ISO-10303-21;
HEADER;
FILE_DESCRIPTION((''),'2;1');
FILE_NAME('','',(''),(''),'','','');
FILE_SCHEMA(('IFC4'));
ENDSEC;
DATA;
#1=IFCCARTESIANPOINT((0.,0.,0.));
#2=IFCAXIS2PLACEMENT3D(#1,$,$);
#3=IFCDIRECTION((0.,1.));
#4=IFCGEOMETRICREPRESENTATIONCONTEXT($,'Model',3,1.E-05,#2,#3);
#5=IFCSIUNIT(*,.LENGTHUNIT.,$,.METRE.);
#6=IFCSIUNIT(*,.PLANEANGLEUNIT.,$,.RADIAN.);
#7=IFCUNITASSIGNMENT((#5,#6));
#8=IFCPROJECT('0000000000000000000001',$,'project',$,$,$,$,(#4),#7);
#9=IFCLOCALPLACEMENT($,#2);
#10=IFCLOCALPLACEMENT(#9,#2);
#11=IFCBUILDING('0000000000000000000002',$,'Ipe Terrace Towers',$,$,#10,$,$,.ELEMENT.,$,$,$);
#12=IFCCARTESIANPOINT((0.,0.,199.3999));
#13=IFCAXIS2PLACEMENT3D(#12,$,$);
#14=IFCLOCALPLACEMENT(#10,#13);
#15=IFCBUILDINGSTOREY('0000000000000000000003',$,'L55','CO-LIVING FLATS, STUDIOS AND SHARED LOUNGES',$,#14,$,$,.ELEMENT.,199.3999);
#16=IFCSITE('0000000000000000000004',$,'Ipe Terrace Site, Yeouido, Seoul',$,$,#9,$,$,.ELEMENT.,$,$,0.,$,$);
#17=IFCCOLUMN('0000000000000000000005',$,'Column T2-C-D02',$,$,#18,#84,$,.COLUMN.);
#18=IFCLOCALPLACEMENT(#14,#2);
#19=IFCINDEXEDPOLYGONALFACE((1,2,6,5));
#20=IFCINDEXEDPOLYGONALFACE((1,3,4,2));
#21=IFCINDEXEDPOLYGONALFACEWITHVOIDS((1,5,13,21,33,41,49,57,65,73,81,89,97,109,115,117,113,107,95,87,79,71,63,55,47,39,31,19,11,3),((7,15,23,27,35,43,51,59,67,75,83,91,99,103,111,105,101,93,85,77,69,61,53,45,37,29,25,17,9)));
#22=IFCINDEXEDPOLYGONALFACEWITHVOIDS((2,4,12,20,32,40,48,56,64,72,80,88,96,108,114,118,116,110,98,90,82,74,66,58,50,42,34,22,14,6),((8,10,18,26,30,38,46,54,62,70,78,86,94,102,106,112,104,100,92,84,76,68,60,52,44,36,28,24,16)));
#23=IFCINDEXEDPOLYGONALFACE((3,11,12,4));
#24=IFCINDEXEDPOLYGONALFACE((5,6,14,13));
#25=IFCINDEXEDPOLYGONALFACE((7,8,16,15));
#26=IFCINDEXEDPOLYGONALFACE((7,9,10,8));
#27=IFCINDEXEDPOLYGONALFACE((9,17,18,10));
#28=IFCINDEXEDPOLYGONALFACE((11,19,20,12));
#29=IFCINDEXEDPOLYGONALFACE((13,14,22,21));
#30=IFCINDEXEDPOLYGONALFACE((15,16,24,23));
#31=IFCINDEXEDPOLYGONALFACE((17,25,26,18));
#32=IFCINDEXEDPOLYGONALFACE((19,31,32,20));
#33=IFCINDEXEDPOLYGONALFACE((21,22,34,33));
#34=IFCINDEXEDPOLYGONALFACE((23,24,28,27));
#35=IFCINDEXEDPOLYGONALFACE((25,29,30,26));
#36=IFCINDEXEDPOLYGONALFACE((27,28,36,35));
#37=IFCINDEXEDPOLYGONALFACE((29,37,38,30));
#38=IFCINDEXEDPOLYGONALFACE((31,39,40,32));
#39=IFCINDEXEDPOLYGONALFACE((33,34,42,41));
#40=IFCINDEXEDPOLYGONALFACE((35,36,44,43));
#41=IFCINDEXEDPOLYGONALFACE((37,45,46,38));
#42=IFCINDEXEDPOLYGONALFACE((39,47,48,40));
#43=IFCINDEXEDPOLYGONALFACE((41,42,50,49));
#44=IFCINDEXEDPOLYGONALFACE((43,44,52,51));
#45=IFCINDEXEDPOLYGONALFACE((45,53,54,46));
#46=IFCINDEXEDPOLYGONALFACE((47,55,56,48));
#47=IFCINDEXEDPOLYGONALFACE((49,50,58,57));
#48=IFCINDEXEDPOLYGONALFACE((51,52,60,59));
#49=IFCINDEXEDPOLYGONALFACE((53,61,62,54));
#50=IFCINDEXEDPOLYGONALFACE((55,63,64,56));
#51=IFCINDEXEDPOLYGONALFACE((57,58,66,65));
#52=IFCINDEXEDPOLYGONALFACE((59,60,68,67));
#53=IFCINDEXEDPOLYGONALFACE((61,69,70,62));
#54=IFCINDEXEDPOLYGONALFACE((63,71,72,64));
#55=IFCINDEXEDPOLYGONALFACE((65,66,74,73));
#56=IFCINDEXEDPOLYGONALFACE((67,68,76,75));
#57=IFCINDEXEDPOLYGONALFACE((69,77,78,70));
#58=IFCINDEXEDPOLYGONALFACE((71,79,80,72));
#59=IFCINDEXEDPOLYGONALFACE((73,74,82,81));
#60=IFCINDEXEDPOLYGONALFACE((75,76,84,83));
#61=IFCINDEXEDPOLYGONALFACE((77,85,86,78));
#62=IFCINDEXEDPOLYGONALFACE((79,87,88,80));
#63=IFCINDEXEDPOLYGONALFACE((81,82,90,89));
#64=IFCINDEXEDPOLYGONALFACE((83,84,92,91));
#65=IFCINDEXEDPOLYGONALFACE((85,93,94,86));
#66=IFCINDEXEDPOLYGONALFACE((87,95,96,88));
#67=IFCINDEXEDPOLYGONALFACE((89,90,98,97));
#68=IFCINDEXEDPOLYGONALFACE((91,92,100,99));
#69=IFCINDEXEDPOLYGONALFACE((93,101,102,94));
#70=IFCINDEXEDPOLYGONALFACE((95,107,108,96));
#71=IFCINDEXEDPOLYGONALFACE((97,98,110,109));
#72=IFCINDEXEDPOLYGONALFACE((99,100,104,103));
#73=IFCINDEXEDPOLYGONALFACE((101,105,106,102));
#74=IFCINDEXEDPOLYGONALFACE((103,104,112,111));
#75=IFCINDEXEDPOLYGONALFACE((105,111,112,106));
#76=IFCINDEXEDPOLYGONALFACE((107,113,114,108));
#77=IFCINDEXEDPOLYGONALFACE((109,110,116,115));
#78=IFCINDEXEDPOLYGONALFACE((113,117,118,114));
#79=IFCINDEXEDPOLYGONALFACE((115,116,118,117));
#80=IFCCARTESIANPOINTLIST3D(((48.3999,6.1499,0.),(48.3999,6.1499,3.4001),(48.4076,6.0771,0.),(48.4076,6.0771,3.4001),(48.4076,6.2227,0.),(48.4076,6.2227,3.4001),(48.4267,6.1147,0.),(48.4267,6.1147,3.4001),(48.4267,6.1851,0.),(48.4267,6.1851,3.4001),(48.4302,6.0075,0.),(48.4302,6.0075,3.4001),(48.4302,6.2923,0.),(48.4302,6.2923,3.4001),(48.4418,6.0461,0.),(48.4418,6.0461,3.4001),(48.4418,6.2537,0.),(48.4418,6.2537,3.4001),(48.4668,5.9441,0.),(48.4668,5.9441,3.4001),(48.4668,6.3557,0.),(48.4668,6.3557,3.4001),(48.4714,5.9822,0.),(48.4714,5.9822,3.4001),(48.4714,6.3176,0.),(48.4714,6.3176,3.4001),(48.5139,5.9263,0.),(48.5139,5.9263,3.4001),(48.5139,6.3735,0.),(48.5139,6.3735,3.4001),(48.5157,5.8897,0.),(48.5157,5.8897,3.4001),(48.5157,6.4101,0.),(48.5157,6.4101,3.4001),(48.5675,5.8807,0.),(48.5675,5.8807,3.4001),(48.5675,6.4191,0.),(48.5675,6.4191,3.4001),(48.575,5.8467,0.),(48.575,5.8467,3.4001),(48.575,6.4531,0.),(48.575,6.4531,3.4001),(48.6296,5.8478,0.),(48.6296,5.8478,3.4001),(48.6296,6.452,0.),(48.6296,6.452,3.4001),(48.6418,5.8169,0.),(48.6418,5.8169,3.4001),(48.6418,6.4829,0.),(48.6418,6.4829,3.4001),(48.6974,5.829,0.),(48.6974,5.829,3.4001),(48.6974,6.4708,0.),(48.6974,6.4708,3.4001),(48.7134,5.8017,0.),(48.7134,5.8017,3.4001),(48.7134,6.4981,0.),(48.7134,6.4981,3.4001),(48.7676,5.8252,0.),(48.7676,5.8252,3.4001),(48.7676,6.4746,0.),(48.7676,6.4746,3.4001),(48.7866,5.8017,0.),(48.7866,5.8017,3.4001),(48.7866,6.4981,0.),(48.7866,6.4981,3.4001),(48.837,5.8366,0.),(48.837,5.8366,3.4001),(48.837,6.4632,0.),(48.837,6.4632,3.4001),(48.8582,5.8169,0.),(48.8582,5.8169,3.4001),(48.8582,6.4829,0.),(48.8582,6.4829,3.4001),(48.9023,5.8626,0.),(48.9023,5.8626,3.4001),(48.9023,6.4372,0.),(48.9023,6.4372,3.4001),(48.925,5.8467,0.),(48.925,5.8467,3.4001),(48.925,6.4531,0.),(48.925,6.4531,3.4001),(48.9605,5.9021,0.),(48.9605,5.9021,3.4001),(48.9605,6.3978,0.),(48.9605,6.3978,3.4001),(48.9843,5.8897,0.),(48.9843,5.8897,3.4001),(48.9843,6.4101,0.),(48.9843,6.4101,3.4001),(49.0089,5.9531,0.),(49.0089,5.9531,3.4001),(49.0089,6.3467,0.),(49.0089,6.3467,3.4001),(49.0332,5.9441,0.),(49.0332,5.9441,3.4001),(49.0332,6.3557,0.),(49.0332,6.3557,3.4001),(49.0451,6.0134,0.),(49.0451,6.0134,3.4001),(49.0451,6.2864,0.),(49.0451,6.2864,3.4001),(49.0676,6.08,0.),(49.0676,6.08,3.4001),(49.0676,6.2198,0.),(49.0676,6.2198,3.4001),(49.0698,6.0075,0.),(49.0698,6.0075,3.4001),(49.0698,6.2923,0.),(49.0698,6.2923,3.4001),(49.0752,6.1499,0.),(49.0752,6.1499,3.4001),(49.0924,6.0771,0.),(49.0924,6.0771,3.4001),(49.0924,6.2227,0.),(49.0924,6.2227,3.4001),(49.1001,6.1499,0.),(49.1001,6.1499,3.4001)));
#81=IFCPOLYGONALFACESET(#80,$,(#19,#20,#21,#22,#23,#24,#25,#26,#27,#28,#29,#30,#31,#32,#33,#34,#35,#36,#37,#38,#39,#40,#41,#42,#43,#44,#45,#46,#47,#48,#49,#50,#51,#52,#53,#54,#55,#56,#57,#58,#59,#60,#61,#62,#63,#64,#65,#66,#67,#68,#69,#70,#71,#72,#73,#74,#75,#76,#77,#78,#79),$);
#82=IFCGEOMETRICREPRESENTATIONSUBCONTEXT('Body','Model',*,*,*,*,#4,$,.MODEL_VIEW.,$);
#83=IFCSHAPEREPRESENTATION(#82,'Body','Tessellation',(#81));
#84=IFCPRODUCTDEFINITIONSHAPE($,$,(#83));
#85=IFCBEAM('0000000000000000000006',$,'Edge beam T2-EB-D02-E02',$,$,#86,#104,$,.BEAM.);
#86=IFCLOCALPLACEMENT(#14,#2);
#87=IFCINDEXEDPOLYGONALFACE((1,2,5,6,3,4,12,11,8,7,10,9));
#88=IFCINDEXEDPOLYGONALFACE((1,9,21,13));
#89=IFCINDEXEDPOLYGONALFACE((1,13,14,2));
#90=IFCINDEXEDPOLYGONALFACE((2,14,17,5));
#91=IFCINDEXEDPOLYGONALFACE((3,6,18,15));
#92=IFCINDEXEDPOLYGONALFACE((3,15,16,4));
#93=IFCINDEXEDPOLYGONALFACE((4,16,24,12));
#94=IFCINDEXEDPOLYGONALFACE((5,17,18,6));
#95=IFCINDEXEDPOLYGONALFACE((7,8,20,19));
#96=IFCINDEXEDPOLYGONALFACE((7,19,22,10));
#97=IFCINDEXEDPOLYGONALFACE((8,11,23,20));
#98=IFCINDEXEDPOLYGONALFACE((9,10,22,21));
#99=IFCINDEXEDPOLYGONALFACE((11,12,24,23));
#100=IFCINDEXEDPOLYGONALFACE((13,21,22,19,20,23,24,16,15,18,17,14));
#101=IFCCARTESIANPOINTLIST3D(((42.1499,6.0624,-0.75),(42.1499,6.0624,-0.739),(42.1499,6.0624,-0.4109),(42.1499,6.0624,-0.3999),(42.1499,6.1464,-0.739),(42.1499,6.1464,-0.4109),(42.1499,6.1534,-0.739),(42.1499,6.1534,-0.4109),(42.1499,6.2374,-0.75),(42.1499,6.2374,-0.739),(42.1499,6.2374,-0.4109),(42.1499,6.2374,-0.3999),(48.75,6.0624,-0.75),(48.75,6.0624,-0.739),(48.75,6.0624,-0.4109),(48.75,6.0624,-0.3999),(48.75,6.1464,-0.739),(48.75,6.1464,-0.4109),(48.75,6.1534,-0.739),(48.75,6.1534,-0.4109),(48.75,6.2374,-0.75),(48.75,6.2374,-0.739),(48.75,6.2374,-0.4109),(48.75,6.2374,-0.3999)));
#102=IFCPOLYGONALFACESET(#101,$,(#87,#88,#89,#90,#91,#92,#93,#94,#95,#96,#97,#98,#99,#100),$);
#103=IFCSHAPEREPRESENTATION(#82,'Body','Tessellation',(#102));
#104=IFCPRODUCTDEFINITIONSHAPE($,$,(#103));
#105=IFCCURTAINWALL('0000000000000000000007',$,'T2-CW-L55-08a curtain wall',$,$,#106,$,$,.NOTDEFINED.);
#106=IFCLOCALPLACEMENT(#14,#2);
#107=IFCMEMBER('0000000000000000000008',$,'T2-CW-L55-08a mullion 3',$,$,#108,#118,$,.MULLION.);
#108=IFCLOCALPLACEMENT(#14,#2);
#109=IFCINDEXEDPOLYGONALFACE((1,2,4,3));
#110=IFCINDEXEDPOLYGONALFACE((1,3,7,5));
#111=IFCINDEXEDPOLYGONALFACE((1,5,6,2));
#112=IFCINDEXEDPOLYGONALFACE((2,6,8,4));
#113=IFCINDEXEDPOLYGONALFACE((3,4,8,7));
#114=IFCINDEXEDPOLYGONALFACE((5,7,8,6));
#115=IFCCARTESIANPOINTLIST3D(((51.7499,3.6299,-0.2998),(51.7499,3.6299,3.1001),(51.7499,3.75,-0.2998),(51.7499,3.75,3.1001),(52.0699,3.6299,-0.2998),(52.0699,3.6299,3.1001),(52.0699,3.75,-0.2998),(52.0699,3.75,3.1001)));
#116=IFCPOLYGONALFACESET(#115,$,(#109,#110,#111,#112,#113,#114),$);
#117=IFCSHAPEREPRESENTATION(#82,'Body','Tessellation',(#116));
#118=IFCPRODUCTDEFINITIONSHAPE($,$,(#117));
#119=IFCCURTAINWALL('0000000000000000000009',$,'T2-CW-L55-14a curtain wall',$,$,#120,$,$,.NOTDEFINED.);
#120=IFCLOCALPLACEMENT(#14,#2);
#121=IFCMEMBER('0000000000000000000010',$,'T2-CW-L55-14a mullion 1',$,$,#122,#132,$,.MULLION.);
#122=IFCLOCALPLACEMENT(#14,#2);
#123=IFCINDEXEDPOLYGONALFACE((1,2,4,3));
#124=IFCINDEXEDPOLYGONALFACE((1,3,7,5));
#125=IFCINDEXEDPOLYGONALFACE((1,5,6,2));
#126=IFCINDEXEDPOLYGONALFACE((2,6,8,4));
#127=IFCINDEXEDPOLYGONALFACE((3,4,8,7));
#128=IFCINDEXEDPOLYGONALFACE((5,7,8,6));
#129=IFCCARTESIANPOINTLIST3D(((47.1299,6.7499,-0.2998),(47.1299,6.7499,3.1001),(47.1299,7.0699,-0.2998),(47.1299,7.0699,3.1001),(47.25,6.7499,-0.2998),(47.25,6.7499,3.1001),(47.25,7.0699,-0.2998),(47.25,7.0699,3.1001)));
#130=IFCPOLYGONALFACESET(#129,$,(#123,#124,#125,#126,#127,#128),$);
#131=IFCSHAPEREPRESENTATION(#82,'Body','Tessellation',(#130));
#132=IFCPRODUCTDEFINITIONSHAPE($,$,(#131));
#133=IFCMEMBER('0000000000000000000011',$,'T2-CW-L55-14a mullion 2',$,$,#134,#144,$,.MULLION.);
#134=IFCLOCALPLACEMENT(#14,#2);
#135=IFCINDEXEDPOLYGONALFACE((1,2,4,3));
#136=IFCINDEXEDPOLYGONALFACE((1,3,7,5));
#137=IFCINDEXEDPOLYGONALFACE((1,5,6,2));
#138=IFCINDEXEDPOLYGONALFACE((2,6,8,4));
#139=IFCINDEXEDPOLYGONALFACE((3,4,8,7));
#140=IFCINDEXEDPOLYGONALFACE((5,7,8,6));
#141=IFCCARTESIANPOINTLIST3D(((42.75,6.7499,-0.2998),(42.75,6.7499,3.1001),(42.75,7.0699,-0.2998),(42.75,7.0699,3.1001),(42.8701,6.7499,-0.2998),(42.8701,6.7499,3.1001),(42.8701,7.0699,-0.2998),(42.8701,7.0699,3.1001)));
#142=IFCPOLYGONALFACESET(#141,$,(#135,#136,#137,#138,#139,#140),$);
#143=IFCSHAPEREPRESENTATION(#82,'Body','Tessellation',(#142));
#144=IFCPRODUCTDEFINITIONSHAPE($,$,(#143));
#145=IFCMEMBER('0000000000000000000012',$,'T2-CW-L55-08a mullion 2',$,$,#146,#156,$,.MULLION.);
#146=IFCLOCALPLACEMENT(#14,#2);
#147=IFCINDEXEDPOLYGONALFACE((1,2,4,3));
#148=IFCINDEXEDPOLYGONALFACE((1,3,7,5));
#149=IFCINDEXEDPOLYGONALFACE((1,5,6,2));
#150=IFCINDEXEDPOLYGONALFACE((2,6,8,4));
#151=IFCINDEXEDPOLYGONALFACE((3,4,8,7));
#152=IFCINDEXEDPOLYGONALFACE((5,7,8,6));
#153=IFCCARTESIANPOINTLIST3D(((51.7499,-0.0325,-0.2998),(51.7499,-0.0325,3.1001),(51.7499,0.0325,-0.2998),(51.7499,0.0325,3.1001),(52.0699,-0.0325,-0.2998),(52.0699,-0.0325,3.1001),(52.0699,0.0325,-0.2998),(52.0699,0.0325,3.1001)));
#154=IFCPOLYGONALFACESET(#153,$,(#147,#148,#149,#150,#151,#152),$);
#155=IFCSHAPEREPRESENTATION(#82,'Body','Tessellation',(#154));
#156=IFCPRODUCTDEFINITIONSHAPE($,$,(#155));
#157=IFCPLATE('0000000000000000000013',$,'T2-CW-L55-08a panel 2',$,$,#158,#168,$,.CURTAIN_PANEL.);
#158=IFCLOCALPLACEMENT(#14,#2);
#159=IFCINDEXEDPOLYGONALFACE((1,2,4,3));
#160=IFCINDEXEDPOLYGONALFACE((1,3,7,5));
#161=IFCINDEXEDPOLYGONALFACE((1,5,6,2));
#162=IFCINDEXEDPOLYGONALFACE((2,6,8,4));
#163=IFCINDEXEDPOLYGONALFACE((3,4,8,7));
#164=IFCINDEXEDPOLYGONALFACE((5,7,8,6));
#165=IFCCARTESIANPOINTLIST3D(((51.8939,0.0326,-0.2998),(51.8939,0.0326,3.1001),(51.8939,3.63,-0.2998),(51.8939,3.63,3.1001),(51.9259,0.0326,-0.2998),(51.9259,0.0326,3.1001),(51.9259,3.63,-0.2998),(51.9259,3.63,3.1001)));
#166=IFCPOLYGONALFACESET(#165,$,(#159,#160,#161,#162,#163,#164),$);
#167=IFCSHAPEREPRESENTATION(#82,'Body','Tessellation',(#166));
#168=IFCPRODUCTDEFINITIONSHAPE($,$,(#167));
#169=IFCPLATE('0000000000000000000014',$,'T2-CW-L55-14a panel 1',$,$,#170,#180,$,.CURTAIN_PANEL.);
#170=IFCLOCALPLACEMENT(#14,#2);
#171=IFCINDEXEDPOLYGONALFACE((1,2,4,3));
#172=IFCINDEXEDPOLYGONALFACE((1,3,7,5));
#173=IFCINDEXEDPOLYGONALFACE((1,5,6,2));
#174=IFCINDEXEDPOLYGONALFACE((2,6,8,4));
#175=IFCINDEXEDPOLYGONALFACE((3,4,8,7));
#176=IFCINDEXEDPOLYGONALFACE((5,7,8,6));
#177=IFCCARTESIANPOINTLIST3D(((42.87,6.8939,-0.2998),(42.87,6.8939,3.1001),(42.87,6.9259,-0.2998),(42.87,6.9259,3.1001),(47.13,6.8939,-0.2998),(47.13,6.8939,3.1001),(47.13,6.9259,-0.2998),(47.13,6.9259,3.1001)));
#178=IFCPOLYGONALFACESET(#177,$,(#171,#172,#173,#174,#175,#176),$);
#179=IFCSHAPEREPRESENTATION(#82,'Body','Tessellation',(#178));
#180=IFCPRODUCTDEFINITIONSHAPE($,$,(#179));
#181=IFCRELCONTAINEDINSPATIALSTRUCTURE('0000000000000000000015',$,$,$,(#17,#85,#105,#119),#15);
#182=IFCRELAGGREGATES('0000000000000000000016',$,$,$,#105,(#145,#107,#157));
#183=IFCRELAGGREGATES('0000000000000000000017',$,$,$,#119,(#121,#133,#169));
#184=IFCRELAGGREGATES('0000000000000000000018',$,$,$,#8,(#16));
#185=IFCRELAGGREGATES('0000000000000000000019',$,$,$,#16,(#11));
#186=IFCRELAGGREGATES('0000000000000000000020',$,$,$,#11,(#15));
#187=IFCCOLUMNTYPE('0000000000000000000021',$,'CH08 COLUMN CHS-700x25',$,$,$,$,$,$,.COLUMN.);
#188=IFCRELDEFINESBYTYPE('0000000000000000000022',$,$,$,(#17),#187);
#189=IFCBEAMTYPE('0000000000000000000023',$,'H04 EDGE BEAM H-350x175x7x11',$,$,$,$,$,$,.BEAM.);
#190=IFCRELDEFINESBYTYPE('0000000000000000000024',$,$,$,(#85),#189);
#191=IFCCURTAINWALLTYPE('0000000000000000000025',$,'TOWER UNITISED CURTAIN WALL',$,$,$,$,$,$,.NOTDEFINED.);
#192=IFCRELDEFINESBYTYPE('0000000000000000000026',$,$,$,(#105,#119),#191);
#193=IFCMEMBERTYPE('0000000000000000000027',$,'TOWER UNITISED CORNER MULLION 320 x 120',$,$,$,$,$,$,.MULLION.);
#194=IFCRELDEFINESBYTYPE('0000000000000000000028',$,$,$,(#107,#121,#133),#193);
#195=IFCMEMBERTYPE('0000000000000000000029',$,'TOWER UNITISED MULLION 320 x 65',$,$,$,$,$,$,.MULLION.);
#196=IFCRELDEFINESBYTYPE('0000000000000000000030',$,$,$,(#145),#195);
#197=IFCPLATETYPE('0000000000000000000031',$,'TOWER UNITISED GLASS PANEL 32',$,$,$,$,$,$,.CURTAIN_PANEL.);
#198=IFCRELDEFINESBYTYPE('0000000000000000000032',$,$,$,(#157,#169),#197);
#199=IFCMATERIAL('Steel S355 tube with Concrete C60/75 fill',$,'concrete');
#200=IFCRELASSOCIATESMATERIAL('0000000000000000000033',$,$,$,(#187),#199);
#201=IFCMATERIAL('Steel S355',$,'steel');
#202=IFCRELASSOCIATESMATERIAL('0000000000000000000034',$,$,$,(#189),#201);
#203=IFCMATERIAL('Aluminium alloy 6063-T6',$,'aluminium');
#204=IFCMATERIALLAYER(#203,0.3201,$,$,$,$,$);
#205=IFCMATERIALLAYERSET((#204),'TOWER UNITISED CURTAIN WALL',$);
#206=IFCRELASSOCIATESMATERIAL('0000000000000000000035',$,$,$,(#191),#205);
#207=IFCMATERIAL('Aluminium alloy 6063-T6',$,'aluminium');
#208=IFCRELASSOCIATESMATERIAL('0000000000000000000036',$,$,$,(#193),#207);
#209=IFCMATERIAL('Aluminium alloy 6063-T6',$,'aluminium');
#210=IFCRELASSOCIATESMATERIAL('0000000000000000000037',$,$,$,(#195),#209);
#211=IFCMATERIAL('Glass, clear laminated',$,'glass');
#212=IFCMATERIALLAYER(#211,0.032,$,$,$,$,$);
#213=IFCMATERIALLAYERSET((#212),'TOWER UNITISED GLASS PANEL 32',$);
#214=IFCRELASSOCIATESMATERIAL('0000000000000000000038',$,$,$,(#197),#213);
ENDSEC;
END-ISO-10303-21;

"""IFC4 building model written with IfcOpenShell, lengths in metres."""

from ifc_helpers import new_model, si_unit, direction, frame, origin, origin_2d, place, context, subcontext, project, spatial, rectangle, hollow_circle, i_section, extrude, material, layer, layer_set, material_profile, profile_set, type_object, element, aggregate, save


model = new_model("IFC4")

# Units and contexts
model_context = context("Model", 3, precision=1e-05, world=origin(), true_north=direction((0.0, 1.0)))
body_context = subcontext(model_context, "Body", "Model", "MODEL_VIEW")
ifc_project = project(units=[si_unit("LENGTHUNIT", "METRE"), si_unit("PLANEANGLEUNIT", "RADIAN")], contexts=[model_context])

# Site, building, storey
site_placement = place(None, origin())
site = spatial("IfcSite", under=ifc_project, at=site_placement, Name="Ipe Terrace Site, Yeouido, Seoul", CompositionType="ELEMENT", RefElevation=0.0)
building_placement = place(site_placement, origin())
building = spatial("IfcBuilding", under=site, at=building_placement, Name="Ipe Terrace Towers", CompositionType="ELEMENT")
storey_placement = place(building_placement, frame((0.0, 0.0, 199.3999)))
storey = spatial("IfcBuildingStorey", under=building, at=storey_placement, Name="L55", Description="CO-LIVING FLATS, STUDIOS AND SHARED LOUNGES", CompositionType="ELEMENT", Elevation=199.3999)

# Column
ifc_material_1 = material(Name="Steel S355 tube with Concrete C60/75 fill", Category="concrete")
ifc_material_profile_1 = material_profile(ifc_material_1, hollow_circle(Radius=0.3501, WallThickness=0.0249, at=origin_2d()), Name="CHS-700x25")
ifc_profile_set_1 = profile_set([ifc_material_profile_1], Name="Steel S355 tube with Concrete C60/75 fill")
column_type = type_object("IfcColumnType", Name="CH08 COLUMN CHS-700x25", PredefinedType="COLUMN", material=ifc_profile_set_1)
column_placement = place(storey_placement, frame((48.75, 6.1499, 0.0), z_axis=(0.0, 0.0, 1.0), x_axis=(1.0, 0.0, 0.0)))
element("IfcColumn", 1, at=column_placement, inside=storey, type_object=column_type, Name="Column T2-C-D02", PredefinedType="COLUMN", context=body_context, shape_type="SweptSolid", body=[
    extrude(hollow_circle(Radius=0.3501, WallThickness=0.0249, at=origin_2d()), origin(), (0.0, 0.0, 1.0), 3.4001),
])

# Beam
ifc_material_2 = material(Name="Steel S355", Category="steel")
ifc_material_profile_2 = material_profile(ifc_material_2, i_section(OverallWidth=0.175, OverallDepth=0.3501, WebThickness=0.0071, FlangeThickness=0.011, at=origin_2d()), Name="H-350x175x7x11")
ifc_profile_set_2 = profile_set([ifc_material_profile_2], Name="Steel S355")
beam_type = type_object("IfcBeamType", Name="H04 EDGE BEAM H-350x175x7x11", PredefinedType="BEAM", material=ifc_profile_set_2)
beam_placement = place(storey_placement, frame((48.75, 6.1499, -0.575), z_axis=(-1.0, 0.0, 0.0), x_axis=(0.0, -1.0, 0.0)))
element("IfcBeam", 2, at=beam_placement, inside=storey, type_object=beam_type, Name="Edge beam T2-EB-D02-E02", PredefinedType="BEAM", context=body_context, shape_type="SweptSolid", body=[
    extrude(i_section(OverallWidth=0.175, OverallDepth=0.3501, WebThickness=0.0071, FlangeThickness=0.011, at=origin_2d()), origin(), (0.0, 0.0, 1.0), 6.6001),
])

# Curtain wall, member
ifc_material_3 = material(Name="Aluminium alloy 6063-T6", Category="aluminium")
ifc_layer_1 = layer(ifc_material_3, 0.3201)
ifc_layer_set_1 = layer_set([ifc_layer_1], Name="TOWER UNITISED CURTAIN WALL")
curtain_wall_type = type_object("IfcCurtainWallType", Name="TOWER UNITISED CURTAIN WALL", PredefinedType="NOTDEFINED", material=ifc_layer_set_1)
curtain_wall_1_placement = place(storey_placement, origin())
curtain_wall_1 = element("IfcCurtainWall", 3, at=curtain_wall_1_placement, inside=storey, type_object=curtain_wall_type, Name="T2-CW-L55-08a curtain wall", PredefinedType="NOTDEFINED")
ifc_material_4 = material(Name="Aluminium alloy 6063-T6", Category="aluminium")
ifc_material_profile_3 = material_profile(ifc_material_4, rectangle(XDim=0.3201, YDim=0.1201, at=origin_2d()), Name="TOWER UNITISED CORNER MULLION 320 x 120")
ifc_profile_set_3 = profile_set([ifc_material_profile_3], Name="Aluminium alloy 6063-T6")
member_type_1 = type_object("IfcMemberType", Name="TOWER UNITISED CORNER MULLION 320 x 120", PredefinedType="MULLION", material=ifc_profile_set_3)
member_1_placement = place(storey_placement, frame((51.9099, 3.6899, -0.2998), z_axis=(0.0, 0.0, 1.0), x_axis=(1.0, 0.0, 0.0)))
member_1 = element("IfcMember", 4, at=member_1_placement, type_object=member_type_1, Name="T2-CW-L55-08a mullion 3", PredefinedType="MULLION", context=body_context, shape_type="SweptSolid", body=[
    extrude(rectangle(XDim=0.3201, YDim=0.1201, at=origin_2d()), origin(), (0.0, 0.0, 1.0), 3.3999),
])

# Curtain wall, members
curtain_wall_2_placement = place(storey_placement, origin())
curtain_wall_2 = element("IfcCurtainWall", 5, at=curtain_wall_2_placement, inside=storey, type_object=curtain_wall_type, Name="T2-CW-L55-14a curtain wall", PredefinedType="NOTDEFINED")
member_2_placement = place(storey_placement, frame((47.1899, 6.9099, -0.2998), z_axis=(0.0, 0.0, 1.0), x_axis=(0.0, 1.0, 0.0)))
member_2 = element("IfcMember", 6, at=member_2_placement, type_object=member_type_1, Name="T2-CW-L55-14a mullion 1", PredefinedType="MULLION", context=body_context, shape_type="SweptSolid", body=[
    extrude(rectangle(XDim=0.3201, YDim=0.1201, at=origin_2d()), origin(), (0.0, 0.0, 1.0), 3.3999),
])
member_3_placement = place(storey_placement, frame((42.8101, 6.9099, -0.2998), z_axis=(0.0, 0.0, 1.0), x_axis=(0.0, 1.0, 0.0)))
member_3 = element("IfcMember", 7, at=member_3_placement, type_object=member_type_1, Name="T2-CW-L55-14a mullion 2", PredefinedType="MULLION", context=body_context, shape_type="SweptSolid", body=[
    extrude(rectangle(XDim=0.3201, YDim=0.1201, at=origin_2d()), origin(), (0.0, 0.0, 1.0), 3.3999),
])

# Member
ifc_material_5 = material(Name="Aluminium alloy 6063-T6", Category="aluminium")
ifc_material_profile_4 = material_profile(ifc_material_5, rectangle(XDim=0.3201, YDim=0.0649, at=origin_2d()), Name="TOWER UNITISED MULLION 320 x 65")
ifc_profile_set_4 = profile_set([ifc_material_profile_4], Name="Aluminium alloy 6063-T6")
member_type_2 = type_object("IfcMemberType", Name="TOWER UNITISED MULLION 320 x 65", PredefinedType="MULLION", material=ifc_profile_set_4)
member_4_placement = place(storey_placement, frame((51.9099, 0.0, -0.2998), z_axis=(0.0, 0.0, 1.0), x_axis=(1.0, 0.0, 0.0)))
member_4 = element("IfcMember", 8, at=member_4_placement, type_object=member_type_2, Name="T2-CW-L55-08a mullion 2", PredefinedType="MULLION", context=body_context, shape_type="SweptSolid", body=[
    extrude(rectangle(XDim=0.3201, YDim=0.0649, at=origin_2d()), origin(), (0.0, 0.0, 1.0), 3.3999),
])

# Plates
ifc_material_6 = material(Name="Glass, clear laminated", Category="glass")
ifc_layer_2 = layer(ifc_material_6, 0.032)
ifc_layer_set_2 = layer_set([ifc_layer_2], Name="TOWER UNITISED GLASS PANEL 32")
plate_type = type_object("IfcPlateType", Name="TOWER UNITISED GLASS PANEL 32", PredefinedType="CURTAIN_PANEL", material=ifc_layer_set_2)
plate_1_placement = place(storey_placement, frame((51.9099, 1.8313, -0.2998), z_axis=(0.0, 0.0, 1.0), x_axis=(0.0, 1.0, 0.0)))
plate_1 = element("IfcPlate", 9, at=plate_1_placement, type_object=plate_type, Name="T2-CW-L55-08a panel 2", PredefinedType="CURTAIN_PANEL", context=body_context, shape_type="SweptSolid", body=[
    extrude(rectangle(XDim=3.5974, YDim=0.032, at=origin_2d()), origin(), (0.0, 0.0, 1.0), 3.3999),
])
aggregate(curtain_wall_1, [member_4, member_1, plate_1])
plate_2_placement = place(storey_placement, frame((45.0, 6.9099, -0.2998), z_axis=(0.0, 0.0, 1.0), x_axis=(-1.0, 0.0, 0.0)))
plate_2 = element("IfcPlate", 10, at=plate_2_placement, type_object=plate_type, Name="T2-CW-L55-14a panel 1", PredefinedType="CURTAIN_PANEL", context=body_context, shape_type="SweptSolid", body=[
    extrude(rectangle(XDim=4.26, YDim=0.032, at=origin_2d()), origin(), (0.0, 0.0, 1.0), 3.3999),
])
aggregate(curtain_wall_2, [member_2, member_3, plate_2])

save(model, "model.ifc")
